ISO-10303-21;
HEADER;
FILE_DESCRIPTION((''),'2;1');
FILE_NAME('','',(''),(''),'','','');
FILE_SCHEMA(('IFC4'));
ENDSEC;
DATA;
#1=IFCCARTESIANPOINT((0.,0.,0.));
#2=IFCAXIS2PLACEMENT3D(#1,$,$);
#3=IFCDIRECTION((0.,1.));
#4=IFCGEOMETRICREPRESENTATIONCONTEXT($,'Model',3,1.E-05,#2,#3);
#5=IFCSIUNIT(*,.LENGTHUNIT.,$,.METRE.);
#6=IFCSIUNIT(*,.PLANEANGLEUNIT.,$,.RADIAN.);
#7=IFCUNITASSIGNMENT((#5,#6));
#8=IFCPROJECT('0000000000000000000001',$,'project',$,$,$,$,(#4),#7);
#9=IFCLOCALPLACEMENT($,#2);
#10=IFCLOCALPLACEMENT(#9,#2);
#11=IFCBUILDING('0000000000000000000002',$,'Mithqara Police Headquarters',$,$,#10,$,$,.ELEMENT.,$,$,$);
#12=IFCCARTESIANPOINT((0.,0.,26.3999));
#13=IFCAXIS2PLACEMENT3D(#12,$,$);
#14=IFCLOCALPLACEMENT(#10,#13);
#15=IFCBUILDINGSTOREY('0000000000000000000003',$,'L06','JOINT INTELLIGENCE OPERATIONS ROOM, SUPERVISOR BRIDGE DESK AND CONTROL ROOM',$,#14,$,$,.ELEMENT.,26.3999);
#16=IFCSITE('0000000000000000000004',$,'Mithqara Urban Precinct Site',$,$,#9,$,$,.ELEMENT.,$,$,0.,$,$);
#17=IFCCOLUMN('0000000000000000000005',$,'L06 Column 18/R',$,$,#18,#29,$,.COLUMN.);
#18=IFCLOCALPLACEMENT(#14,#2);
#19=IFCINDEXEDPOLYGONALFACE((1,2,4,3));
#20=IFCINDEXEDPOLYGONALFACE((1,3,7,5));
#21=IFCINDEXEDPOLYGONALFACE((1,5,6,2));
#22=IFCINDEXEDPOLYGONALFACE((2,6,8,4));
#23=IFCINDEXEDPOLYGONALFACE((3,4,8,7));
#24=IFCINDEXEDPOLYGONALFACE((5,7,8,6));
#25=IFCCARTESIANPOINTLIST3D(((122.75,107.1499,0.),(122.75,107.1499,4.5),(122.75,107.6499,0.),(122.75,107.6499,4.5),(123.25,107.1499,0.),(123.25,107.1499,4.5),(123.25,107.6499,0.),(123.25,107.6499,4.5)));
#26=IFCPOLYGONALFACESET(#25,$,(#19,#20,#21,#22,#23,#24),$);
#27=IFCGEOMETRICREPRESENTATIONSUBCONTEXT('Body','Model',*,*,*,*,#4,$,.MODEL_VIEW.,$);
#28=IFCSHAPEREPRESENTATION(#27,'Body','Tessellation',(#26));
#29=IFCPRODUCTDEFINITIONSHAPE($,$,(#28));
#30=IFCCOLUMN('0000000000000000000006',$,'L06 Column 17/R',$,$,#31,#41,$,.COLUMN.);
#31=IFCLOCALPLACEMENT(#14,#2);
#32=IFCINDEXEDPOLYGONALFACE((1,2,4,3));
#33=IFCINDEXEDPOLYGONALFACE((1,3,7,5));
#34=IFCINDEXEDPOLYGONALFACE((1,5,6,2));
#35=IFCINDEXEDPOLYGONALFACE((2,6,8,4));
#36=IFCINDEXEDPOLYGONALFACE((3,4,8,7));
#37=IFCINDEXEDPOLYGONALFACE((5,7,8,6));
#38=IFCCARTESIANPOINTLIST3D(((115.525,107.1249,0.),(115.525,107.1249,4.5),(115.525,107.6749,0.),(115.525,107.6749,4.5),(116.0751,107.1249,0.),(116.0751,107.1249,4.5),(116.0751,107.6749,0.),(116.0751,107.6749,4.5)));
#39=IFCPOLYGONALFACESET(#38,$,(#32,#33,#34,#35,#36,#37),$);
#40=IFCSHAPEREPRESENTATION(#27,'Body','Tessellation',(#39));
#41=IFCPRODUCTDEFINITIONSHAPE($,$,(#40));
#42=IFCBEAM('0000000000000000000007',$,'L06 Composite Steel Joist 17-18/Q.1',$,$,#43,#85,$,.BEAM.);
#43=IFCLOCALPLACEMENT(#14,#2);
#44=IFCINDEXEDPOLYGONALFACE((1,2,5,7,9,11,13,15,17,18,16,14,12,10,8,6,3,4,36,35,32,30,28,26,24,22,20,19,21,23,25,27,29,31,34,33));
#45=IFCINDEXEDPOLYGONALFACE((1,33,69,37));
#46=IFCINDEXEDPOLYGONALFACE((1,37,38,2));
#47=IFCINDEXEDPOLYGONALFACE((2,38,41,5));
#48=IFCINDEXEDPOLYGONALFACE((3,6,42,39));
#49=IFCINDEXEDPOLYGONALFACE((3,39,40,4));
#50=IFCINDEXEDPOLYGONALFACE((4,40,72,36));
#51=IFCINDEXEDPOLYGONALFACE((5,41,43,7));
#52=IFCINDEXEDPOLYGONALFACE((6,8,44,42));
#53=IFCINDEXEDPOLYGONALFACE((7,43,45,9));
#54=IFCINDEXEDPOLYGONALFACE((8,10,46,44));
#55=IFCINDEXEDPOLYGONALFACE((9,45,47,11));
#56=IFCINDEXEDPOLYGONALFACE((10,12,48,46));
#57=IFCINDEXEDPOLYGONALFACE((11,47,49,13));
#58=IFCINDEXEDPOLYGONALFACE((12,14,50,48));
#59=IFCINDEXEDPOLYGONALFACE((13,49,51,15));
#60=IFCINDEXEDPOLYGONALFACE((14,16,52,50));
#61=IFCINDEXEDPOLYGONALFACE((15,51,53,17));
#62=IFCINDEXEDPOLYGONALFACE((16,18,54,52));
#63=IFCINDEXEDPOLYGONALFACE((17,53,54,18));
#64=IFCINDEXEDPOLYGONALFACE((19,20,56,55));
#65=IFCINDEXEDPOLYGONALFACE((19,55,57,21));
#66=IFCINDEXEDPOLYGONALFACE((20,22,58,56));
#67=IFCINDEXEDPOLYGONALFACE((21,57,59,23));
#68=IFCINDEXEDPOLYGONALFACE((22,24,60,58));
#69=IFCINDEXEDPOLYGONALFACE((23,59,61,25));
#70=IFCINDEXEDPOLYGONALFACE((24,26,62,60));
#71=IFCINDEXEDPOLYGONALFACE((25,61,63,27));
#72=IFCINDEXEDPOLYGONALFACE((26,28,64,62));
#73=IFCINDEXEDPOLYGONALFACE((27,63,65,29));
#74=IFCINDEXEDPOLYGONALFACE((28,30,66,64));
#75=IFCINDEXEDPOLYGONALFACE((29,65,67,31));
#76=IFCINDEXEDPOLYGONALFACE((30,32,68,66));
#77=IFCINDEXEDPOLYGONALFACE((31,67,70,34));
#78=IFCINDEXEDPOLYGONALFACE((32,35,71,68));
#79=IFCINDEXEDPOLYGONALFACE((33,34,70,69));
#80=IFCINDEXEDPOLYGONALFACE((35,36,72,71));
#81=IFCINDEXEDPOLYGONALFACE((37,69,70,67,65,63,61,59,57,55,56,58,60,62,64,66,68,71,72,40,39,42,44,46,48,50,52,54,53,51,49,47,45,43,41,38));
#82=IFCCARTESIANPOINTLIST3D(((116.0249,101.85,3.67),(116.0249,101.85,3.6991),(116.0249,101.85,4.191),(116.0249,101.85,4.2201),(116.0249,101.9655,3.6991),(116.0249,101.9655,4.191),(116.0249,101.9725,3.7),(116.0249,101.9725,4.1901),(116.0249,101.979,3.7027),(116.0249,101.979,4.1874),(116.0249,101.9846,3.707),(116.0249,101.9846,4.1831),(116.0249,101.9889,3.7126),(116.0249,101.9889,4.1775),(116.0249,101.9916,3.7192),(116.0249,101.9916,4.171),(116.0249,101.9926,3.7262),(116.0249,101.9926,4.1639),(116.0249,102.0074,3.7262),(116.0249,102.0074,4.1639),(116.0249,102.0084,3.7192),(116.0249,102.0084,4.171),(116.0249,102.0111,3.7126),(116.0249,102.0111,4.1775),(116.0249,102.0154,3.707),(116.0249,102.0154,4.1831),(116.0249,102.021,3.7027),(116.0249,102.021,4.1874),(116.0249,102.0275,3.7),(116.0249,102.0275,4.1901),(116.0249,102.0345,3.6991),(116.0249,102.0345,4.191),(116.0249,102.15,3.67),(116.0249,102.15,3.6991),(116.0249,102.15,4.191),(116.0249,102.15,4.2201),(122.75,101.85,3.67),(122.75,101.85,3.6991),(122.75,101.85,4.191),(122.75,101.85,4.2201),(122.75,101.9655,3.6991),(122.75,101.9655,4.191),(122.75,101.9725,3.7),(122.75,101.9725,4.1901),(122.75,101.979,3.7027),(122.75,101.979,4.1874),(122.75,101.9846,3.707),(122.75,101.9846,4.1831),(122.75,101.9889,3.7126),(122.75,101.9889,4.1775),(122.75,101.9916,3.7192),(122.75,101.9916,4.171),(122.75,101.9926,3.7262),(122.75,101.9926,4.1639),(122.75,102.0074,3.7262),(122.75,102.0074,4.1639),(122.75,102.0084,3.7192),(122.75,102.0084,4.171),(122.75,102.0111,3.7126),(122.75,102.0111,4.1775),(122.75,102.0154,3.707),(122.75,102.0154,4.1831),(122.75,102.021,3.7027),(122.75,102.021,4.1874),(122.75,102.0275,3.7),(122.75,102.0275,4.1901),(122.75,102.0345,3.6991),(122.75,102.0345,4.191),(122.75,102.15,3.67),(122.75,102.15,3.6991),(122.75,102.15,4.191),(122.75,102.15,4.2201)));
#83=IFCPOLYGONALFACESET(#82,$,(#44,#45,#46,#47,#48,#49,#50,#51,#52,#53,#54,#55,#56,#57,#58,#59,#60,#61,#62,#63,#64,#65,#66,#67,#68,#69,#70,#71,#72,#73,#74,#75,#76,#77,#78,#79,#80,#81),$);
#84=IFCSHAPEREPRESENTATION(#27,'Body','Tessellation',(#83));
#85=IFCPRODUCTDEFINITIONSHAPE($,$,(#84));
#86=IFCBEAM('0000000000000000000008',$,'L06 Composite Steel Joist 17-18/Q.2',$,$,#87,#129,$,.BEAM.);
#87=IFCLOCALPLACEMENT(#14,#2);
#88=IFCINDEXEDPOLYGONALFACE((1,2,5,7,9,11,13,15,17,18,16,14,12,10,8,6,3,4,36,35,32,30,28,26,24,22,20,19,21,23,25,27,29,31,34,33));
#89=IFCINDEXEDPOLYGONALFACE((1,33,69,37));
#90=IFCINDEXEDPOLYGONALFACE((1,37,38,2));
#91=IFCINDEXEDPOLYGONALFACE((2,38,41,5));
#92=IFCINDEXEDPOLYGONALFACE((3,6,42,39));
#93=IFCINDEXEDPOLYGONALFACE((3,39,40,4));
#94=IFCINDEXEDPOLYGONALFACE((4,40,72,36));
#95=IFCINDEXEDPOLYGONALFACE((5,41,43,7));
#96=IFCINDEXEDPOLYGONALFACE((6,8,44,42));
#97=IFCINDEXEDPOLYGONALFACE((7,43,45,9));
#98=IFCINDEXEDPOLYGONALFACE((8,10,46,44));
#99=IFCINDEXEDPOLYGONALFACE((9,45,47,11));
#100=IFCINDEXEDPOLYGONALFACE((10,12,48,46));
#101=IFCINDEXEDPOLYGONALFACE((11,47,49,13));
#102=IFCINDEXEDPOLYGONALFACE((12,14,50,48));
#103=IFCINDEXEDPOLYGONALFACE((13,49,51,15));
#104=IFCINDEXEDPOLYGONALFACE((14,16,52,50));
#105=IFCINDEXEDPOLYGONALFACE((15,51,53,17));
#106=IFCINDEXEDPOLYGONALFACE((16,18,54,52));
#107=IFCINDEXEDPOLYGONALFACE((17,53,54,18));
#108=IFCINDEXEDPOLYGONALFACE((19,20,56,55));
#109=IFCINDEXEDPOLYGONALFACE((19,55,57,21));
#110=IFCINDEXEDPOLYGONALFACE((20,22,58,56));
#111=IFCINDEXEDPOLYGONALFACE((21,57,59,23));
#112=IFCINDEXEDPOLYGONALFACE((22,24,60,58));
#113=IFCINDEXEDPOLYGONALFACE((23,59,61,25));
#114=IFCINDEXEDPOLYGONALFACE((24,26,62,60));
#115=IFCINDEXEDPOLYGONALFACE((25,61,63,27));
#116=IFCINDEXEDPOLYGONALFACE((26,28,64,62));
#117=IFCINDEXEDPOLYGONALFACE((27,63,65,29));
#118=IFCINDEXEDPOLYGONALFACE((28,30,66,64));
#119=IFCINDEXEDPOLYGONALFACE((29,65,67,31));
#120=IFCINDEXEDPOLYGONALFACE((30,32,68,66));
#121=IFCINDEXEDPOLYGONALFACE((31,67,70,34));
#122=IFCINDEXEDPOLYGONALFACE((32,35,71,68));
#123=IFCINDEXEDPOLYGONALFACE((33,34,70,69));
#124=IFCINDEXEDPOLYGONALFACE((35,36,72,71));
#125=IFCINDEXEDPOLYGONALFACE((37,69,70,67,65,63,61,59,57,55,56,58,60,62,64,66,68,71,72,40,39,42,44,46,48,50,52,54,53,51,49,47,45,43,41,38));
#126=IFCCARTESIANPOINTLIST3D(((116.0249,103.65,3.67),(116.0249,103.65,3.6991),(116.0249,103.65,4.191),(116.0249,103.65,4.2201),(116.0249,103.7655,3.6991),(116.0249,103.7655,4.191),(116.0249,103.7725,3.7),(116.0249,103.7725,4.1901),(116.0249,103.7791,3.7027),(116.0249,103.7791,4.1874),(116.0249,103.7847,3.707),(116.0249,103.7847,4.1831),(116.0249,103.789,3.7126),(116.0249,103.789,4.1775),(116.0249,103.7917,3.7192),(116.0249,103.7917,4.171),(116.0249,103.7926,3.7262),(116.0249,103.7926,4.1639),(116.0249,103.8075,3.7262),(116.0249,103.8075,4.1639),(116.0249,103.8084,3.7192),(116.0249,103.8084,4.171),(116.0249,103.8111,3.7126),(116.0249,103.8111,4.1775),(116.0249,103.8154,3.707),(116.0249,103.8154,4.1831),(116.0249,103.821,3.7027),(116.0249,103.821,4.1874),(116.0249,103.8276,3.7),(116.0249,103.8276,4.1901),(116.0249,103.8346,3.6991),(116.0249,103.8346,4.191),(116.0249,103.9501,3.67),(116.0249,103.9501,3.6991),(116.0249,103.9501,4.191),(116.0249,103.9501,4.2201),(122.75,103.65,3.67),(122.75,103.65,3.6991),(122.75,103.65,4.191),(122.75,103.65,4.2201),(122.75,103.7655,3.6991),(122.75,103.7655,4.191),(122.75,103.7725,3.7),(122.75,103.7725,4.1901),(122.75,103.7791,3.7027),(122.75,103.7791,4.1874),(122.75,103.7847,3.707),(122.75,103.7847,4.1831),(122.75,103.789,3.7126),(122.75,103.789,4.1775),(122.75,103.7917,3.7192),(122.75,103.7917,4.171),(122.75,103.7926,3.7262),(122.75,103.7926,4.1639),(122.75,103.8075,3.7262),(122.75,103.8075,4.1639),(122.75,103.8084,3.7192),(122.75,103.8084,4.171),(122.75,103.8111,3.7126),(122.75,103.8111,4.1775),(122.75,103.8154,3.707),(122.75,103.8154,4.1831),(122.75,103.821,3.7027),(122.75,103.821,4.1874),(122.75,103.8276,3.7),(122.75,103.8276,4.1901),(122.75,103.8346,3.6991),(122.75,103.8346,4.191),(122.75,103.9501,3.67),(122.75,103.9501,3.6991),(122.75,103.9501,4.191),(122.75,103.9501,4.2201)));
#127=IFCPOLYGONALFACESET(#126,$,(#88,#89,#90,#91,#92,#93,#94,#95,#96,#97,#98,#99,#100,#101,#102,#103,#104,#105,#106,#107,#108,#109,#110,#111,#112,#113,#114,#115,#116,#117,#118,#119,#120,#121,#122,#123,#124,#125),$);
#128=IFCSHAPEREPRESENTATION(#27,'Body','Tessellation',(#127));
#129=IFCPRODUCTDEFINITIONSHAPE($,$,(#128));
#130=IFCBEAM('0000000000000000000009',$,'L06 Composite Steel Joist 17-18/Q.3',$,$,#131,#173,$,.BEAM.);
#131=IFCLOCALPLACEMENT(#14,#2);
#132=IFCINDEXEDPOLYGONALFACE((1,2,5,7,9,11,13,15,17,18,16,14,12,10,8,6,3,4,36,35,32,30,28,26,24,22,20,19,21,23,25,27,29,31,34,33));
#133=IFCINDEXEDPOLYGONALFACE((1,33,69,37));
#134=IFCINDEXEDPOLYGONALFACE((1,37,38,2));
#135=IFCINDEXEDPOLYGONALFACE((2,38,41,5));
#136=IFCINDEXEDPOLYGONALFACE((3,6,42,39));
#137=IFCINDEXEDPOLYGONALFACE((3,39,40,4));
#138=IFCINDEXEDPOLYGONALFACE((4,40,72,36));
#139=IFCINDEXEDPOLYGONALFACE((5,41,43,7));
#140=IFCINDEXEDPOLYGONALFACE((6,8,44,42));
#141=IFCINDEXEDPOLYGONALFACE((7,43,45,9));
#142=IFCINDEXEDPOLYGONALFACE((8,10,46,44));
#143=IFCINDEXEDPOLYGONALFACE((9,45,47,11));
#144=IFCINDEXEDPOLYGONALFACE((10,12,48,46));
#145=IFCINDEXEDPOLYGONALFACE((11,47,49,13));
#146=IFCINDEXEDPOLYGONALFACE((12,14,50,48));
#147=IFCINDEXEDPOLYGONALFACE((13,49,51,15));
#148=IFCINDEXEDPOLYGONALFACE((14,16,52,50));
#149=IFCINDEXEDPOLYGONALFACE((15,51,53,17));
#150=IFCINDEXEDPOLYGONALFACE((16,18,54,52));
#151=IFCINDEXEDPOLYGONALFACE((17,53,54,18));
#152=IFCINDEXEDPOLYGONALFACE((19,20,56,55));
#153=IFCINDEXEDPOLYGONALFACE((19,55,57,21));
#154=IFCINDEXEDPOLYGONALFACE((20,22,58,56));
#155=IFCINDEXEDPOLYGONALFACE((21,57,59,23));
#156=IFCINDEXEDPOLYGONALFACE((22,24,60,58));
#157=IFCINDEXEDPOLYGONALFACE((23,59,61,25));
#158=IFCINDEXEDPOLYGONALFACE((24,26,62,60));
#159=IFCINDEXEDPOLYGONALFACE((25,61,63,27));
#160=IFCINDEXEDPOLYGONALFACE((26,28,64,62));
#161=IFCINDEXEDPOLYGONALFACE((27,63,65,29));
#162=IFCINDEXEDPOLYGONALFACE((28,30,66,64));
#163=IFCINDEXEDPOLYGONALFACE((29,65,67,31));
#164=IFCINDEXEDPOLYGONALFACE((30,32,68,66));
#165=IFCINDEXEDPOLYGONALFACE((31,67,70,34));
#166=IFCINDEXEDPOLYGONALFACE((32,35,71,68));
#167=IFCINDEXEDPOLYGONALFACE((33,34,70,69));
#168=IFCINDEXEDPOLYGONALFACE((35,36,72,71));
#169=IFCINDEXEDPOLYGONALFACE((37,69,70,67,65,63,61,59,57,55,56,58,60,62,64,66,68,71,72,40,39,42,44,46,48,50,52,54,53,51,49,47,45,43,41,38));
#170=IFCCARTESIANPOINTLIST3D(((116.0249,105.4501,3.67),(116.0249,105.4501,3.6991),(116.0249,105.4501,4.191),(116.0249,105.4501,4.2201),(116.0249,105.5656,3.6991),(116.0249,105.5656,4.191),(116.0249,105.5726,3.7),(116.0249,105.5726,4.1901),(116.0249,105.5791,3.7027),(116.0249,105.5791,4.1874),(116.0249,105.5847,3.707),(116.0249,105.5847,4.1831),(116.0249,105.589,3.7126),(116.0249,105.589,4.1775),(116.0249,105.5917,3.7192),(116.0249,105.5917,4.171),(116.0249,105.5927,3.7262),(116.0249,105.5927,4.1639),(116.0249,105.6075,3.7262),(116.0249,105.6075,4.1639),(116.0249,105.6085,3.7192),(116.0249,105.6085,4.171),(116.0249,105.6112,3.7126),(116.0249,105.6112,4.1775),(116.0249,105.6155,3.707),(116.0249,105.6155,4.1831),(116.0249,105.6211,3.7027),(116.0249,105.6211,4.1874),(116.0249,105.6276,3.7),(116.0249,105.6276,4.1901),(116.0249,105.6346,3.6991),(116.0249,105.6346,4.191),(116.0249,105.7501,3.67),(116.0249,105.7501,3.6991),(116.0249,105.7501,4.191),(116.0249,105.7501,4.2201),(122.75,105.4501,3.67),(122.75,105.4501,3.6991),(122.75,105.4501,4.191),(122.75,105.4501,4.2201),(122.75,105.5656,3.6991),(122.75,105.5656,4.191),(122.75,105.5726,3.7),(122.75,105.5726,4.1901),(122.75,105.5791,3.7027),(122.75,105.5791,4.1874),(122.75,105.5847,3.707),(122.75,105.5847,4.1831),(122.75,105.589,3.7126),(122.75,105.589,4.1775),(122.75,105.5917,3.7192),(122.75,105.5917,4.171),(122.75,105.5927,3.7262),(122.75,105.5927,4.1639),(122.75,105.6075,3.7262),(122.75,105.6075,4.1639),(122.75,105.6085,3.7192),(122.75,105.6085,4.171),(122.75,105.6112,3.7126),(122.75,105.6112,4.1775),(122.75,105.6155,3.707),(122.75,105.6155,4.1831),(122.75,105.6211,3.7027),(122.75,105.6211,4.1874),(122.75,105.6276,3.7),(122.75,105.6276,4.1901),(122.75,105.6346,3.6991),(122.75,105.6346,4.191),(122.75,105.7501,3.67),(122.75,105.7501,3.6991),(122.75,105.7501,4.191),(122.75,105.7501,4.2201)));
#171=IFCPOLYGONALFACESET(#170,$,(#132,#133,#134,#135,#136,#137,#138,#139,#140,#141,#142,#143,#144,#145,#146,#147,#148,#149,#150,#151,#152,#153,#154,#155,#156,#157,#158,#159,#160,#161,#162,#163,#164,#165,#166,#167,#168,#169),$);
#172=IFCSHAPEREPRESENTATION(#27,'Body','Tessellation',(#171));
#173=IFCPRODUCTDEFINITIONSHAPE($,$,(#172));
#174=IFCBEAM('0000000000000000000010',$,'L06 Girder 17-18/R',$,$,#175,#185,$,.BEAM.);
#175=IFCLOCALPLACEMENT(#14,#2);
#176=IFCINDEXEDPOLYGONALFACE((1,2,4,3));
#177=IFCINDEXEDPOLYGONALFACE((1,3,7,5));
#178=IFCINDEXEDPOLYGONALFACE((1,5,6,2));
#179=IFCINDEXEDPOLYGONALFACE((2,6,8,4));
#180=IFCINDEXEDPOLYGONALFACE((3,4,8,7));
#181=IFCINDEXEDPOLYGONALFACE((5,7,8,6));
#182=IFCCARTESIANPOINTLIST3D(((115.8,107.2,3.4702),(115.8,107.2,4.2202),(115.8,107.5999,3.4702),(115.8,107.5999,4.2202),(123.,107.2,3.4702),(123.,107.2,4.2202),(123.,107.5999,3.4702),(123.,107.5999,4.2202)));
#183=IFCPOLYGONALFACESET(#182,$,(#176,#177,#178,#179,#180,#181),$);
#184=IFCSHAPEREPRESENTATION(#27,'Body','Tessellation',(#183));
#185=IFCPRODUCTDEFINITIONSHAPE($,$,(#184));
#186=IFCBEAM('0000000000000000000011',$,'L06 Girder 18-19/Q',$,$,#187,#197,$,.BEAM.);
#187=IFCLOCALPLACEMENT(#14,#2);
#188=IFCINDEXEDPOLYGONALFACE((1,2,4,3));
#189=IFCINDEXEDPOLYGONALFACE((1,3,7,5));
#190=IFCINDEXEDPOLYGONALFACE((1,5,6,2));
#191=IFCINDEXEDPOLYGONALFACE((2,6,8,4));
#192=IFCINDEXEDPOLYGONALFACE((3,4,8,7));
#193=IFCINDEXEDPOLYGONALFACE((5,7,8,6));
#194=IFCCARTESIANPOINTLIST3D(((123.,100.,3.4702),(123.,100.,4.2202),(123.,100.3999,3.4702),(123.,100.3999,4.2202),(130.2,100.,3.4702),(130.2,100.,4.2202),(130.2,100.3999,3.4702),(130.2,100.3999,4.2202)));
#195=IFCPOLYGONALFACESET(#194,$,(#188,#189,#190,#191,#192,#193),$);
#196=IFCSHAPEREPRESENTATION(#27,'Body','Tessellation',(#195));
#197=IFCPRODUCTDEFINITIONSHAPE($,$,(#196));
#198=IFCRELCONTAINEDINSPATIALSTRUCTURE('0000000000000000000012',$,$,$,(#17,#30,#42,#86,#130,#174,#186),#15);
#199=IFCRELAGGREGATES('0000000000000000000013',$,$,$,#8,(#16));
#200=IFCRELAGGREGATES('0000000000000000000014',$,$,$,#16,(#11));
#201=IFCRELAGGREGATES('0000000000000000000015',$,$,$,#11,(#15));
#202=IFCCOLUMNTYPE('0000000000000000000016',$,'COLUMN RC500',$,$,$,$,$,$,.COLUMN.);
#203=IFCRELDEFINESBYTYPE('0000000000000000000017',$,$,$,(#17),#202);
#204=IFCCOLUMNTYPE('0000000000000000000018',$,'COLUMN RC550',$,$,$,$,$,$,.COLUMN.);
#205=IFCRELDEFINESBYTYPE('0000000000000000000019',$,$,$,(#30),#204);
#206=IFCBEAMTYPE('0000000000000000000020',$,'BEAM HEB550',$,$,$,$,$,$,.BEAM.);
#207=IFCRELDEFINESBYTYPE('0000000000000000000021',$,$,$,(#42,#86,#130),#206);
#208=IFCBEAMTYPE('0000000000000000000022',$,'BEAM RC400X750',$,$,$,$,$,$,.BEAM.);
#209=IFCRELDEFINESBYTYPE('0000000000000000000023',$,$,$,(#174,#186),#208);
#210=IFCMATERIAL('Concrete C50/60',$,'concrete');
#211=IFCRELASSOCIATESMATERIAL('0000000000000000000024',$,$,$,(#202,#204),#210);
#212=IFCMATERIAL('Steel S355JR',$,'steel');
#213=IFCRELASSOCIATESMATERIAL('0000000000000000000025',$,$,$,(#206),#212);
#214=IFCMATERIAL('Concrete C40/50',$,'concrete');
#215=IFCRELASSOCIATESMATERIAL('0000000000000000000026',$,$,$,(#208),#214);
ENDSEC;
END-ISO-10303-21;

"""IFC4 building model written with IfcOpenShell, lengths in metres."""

from ifc_helpers import new_model, si_unit, direction, frame, origin, origin_2d, place, context, subcontext, project, spatial, rectangle, i_section, extrude, material, material_profile, profile_set, type_object, element, save


model = new_model("IFC4")

# Units and contexts
model_context = context("Model", 3, precision=1e-05, world=origin(), true_north=direction((0.0, 1.0)))
body_context = subcontext(model_context, "Body", "Model", "MODEL_VIEW")
ifc_project = project(units=[si_unit("LENGTHUNIT", "METRE"), si_unit("PLANEANGLEUNIT", "RADIAN")], contexts=[model_context])

# Site, building, storey
site_placement = place(None, origin())
site = spatial("IfcSite", under=ifc_project, at=site_placement, Name="Mithqara Urban Precinct Site", CompositionType="ELEMENT", RefElevation=0.0)
building_placement = place(site_placement, origin())
building = spatial("IfcBuilding", under=site, at=building_placement, Name="Mithqara Police Headquarters", CompositionType="ELEMENT")
storey_placement = place(building_placement, frame((0.0, 0.0, 26.3999)))
storey = spatial("IfcBuildingStorey", under=building, at=storey_placement, Name="L06", Description="JOINT INTELLIGENCE OPERATIONS ROOM, SUPERVISOR BRIDGE DESK AND CONTROL ROOM", CompositionType="ELEMENT", Elevation=26.3999)

# Columns
ifc_material_1 = material(Name="Concrete C50/60", Category="concrete")
ifc_material_profile_1 = material_profile(ifc_material_1, rectangle(XDim=0.5, YDim=0.5, at=origin_2d()), Name="RC 500x500")
ifc_profile_set_1 = profile_set([ifc_material_profile_1], Name="Concrete C50/60")
column_type_1 = type_object("IfcColumnType", Name="COLUMN RC500", PredefinedType="COLUMN", material=ifc_profile_set_1)
column_1_placement = place(storey_placement, frame((123.0, 107.3999, 0.0), z_axis=(0.0, 0.0, 1.0), x_axis=(1.0, 0.0, 0.0)))
element("IfcColumn", 1, at=column_1_placement, inside=storey, type_object=column_type_1, Name="L06 Column 18/R", PredefinedType="COLUMN", context=body_context, shape_type="SweptSolid", body=[
    extrude(rectangle(XDim=0.5, YDim=0.5, at=origin_2d()), origin(), (0.0, 0.0, 1.0), 4.5),
])
ifc_material_profile_2 = material_profile(ifc_material_1, rectangle(XDim=0.55, YDim=0.55, at=origin_2d()), Name="RC 550x550")
ifc_profile_set_2 = profile_set([ifc_material_profile_2], Name="Concrete C50/60")
column_type_2 = type_object("IfcColumnType", Name="COLUMN RC550", PredefinedType="COLUMN", material=ifc_profile_set_2)
column_2_placement = place(storey_placement, frame((115.8, 107.3999, 0.0), z_axis=(0.0, 0.0, 1.0), x_axis=(1.0, 0.0, 0.0)))
element("IfcColumn", 2, at=column_2_placement, inside=storey, type_object=column_type_2, Name="L06 Column 17/R", PredefinedType="COLUMN", context=body_context, shape_type="SweptSolid", body=[
    extrude(rectangle(XDim=0.55, YDim=0.55, at=origin_2d()), origin(), (0.0, 0.0, 1.0), 4.5),
])

# Beams
ifc_material_2 = material(Name="Steel S355JR", Category="steel")
ifc_material_profile_3 = material_profile(ifc_material_2, i_section(OverallWidth=0.3, OverallDepth=0.55, WebThickness=0.0149, FlangeThickness=0.0291, FilletRadius=0.0271, at=origin_2d()), Name="HEB 550")
ifc_profile_set_3 = profile_set([ifc_material_profile_3], Name="Steel S355JR")
beam_type_1 = type_object("IfcBeamType", Name="BEAM HEB550", PredefinedType="BEAM", material=ifc_profile_set_3)
for number, where, z_axis, x_axis, name in (
    (3, (116.0249, 102.0, 3.9451), (1.0, 0.0, 0.0), (0.0, 1.0, 0.0), "L06 Composite Steel Joist 17-18/Q.1"),
    (4, (116.0249, 103.8, 3.9451), (1.0, 0.0, 0.0), (0.0, 1.0, 0.0), "L06 Composite Steel Joist 17-18/Q.2"),
    (5, (116.0249, 105.6001, 3.9451), (1.0, 0.0, 0.0), (0.0, 1.0, 0.0), "L06 Composite Steel Joist 17-18/Q.3"),
):
    element("IfcBeam", number, at=place(storey_placement, frame(where, z_axis=z_axis, x_axis=x_axis)), inside=storey, type_object=beam_type_1, Name=name, PredefinedType="BEAM", context=body_context, shape_type="SweptSolid", body=[
        extrude(i_section(OverallWidth=0.3, OverallDepth=0.55, WebThickness=0.0149, FlangeThickness=0.0291, FilletRadius=0.0271, at=origin_2d()), origin(), (0.0, 0.0, 1.0), 6.7251),
    ])
ifc_material_3 = material(Name="Concrete C40/50", Category="concrete")
ifc_material_profile_4 = material_profile(ifc_material_3, rectangle(XDim=0.3999, YDim=0.75, at=origin_2d()), Name="RC 400x750")
ifc_profile_set_4 = profile_set([ifc_material_profile_4], Name="Concrete C40/50")
beam_type_2 = type_object("IfcBeamType", Name="BEAM RC400X750", PredefinedType="BEAM", material=ifc_profile_set_4)
for number, where, z_axis, x_axis, name in (
    (6, (115.8, 107.3999, 3.8452), (1.0, 0.0, 0.0), (0.0, 1.0, 0.0), "L06 Girder 17-18/R"),
    (7, (123.0, 100.2, 3.8452), (1.0, 0.0, 0.0), (0.0, 1.0, 0.0), "L06 Girder 18-19/Q"),
):
    element("IfcBeam", number, at=place(storey_placement, frame(where, z_axis=z_axis, x_axis=x_axis)), inside=storey, type_object=beam_type_2, Name=name, PredefinedType="BEAM", context=body_context, shape_type="SweptSolid", body=[
        extrude(rectangle(XDim=0.3999, YDim=0.75, at=origin_2d()), origin(), (0.0, 0.0, 1.0), 7.2),
    ])

save(model, "model.ifc")
